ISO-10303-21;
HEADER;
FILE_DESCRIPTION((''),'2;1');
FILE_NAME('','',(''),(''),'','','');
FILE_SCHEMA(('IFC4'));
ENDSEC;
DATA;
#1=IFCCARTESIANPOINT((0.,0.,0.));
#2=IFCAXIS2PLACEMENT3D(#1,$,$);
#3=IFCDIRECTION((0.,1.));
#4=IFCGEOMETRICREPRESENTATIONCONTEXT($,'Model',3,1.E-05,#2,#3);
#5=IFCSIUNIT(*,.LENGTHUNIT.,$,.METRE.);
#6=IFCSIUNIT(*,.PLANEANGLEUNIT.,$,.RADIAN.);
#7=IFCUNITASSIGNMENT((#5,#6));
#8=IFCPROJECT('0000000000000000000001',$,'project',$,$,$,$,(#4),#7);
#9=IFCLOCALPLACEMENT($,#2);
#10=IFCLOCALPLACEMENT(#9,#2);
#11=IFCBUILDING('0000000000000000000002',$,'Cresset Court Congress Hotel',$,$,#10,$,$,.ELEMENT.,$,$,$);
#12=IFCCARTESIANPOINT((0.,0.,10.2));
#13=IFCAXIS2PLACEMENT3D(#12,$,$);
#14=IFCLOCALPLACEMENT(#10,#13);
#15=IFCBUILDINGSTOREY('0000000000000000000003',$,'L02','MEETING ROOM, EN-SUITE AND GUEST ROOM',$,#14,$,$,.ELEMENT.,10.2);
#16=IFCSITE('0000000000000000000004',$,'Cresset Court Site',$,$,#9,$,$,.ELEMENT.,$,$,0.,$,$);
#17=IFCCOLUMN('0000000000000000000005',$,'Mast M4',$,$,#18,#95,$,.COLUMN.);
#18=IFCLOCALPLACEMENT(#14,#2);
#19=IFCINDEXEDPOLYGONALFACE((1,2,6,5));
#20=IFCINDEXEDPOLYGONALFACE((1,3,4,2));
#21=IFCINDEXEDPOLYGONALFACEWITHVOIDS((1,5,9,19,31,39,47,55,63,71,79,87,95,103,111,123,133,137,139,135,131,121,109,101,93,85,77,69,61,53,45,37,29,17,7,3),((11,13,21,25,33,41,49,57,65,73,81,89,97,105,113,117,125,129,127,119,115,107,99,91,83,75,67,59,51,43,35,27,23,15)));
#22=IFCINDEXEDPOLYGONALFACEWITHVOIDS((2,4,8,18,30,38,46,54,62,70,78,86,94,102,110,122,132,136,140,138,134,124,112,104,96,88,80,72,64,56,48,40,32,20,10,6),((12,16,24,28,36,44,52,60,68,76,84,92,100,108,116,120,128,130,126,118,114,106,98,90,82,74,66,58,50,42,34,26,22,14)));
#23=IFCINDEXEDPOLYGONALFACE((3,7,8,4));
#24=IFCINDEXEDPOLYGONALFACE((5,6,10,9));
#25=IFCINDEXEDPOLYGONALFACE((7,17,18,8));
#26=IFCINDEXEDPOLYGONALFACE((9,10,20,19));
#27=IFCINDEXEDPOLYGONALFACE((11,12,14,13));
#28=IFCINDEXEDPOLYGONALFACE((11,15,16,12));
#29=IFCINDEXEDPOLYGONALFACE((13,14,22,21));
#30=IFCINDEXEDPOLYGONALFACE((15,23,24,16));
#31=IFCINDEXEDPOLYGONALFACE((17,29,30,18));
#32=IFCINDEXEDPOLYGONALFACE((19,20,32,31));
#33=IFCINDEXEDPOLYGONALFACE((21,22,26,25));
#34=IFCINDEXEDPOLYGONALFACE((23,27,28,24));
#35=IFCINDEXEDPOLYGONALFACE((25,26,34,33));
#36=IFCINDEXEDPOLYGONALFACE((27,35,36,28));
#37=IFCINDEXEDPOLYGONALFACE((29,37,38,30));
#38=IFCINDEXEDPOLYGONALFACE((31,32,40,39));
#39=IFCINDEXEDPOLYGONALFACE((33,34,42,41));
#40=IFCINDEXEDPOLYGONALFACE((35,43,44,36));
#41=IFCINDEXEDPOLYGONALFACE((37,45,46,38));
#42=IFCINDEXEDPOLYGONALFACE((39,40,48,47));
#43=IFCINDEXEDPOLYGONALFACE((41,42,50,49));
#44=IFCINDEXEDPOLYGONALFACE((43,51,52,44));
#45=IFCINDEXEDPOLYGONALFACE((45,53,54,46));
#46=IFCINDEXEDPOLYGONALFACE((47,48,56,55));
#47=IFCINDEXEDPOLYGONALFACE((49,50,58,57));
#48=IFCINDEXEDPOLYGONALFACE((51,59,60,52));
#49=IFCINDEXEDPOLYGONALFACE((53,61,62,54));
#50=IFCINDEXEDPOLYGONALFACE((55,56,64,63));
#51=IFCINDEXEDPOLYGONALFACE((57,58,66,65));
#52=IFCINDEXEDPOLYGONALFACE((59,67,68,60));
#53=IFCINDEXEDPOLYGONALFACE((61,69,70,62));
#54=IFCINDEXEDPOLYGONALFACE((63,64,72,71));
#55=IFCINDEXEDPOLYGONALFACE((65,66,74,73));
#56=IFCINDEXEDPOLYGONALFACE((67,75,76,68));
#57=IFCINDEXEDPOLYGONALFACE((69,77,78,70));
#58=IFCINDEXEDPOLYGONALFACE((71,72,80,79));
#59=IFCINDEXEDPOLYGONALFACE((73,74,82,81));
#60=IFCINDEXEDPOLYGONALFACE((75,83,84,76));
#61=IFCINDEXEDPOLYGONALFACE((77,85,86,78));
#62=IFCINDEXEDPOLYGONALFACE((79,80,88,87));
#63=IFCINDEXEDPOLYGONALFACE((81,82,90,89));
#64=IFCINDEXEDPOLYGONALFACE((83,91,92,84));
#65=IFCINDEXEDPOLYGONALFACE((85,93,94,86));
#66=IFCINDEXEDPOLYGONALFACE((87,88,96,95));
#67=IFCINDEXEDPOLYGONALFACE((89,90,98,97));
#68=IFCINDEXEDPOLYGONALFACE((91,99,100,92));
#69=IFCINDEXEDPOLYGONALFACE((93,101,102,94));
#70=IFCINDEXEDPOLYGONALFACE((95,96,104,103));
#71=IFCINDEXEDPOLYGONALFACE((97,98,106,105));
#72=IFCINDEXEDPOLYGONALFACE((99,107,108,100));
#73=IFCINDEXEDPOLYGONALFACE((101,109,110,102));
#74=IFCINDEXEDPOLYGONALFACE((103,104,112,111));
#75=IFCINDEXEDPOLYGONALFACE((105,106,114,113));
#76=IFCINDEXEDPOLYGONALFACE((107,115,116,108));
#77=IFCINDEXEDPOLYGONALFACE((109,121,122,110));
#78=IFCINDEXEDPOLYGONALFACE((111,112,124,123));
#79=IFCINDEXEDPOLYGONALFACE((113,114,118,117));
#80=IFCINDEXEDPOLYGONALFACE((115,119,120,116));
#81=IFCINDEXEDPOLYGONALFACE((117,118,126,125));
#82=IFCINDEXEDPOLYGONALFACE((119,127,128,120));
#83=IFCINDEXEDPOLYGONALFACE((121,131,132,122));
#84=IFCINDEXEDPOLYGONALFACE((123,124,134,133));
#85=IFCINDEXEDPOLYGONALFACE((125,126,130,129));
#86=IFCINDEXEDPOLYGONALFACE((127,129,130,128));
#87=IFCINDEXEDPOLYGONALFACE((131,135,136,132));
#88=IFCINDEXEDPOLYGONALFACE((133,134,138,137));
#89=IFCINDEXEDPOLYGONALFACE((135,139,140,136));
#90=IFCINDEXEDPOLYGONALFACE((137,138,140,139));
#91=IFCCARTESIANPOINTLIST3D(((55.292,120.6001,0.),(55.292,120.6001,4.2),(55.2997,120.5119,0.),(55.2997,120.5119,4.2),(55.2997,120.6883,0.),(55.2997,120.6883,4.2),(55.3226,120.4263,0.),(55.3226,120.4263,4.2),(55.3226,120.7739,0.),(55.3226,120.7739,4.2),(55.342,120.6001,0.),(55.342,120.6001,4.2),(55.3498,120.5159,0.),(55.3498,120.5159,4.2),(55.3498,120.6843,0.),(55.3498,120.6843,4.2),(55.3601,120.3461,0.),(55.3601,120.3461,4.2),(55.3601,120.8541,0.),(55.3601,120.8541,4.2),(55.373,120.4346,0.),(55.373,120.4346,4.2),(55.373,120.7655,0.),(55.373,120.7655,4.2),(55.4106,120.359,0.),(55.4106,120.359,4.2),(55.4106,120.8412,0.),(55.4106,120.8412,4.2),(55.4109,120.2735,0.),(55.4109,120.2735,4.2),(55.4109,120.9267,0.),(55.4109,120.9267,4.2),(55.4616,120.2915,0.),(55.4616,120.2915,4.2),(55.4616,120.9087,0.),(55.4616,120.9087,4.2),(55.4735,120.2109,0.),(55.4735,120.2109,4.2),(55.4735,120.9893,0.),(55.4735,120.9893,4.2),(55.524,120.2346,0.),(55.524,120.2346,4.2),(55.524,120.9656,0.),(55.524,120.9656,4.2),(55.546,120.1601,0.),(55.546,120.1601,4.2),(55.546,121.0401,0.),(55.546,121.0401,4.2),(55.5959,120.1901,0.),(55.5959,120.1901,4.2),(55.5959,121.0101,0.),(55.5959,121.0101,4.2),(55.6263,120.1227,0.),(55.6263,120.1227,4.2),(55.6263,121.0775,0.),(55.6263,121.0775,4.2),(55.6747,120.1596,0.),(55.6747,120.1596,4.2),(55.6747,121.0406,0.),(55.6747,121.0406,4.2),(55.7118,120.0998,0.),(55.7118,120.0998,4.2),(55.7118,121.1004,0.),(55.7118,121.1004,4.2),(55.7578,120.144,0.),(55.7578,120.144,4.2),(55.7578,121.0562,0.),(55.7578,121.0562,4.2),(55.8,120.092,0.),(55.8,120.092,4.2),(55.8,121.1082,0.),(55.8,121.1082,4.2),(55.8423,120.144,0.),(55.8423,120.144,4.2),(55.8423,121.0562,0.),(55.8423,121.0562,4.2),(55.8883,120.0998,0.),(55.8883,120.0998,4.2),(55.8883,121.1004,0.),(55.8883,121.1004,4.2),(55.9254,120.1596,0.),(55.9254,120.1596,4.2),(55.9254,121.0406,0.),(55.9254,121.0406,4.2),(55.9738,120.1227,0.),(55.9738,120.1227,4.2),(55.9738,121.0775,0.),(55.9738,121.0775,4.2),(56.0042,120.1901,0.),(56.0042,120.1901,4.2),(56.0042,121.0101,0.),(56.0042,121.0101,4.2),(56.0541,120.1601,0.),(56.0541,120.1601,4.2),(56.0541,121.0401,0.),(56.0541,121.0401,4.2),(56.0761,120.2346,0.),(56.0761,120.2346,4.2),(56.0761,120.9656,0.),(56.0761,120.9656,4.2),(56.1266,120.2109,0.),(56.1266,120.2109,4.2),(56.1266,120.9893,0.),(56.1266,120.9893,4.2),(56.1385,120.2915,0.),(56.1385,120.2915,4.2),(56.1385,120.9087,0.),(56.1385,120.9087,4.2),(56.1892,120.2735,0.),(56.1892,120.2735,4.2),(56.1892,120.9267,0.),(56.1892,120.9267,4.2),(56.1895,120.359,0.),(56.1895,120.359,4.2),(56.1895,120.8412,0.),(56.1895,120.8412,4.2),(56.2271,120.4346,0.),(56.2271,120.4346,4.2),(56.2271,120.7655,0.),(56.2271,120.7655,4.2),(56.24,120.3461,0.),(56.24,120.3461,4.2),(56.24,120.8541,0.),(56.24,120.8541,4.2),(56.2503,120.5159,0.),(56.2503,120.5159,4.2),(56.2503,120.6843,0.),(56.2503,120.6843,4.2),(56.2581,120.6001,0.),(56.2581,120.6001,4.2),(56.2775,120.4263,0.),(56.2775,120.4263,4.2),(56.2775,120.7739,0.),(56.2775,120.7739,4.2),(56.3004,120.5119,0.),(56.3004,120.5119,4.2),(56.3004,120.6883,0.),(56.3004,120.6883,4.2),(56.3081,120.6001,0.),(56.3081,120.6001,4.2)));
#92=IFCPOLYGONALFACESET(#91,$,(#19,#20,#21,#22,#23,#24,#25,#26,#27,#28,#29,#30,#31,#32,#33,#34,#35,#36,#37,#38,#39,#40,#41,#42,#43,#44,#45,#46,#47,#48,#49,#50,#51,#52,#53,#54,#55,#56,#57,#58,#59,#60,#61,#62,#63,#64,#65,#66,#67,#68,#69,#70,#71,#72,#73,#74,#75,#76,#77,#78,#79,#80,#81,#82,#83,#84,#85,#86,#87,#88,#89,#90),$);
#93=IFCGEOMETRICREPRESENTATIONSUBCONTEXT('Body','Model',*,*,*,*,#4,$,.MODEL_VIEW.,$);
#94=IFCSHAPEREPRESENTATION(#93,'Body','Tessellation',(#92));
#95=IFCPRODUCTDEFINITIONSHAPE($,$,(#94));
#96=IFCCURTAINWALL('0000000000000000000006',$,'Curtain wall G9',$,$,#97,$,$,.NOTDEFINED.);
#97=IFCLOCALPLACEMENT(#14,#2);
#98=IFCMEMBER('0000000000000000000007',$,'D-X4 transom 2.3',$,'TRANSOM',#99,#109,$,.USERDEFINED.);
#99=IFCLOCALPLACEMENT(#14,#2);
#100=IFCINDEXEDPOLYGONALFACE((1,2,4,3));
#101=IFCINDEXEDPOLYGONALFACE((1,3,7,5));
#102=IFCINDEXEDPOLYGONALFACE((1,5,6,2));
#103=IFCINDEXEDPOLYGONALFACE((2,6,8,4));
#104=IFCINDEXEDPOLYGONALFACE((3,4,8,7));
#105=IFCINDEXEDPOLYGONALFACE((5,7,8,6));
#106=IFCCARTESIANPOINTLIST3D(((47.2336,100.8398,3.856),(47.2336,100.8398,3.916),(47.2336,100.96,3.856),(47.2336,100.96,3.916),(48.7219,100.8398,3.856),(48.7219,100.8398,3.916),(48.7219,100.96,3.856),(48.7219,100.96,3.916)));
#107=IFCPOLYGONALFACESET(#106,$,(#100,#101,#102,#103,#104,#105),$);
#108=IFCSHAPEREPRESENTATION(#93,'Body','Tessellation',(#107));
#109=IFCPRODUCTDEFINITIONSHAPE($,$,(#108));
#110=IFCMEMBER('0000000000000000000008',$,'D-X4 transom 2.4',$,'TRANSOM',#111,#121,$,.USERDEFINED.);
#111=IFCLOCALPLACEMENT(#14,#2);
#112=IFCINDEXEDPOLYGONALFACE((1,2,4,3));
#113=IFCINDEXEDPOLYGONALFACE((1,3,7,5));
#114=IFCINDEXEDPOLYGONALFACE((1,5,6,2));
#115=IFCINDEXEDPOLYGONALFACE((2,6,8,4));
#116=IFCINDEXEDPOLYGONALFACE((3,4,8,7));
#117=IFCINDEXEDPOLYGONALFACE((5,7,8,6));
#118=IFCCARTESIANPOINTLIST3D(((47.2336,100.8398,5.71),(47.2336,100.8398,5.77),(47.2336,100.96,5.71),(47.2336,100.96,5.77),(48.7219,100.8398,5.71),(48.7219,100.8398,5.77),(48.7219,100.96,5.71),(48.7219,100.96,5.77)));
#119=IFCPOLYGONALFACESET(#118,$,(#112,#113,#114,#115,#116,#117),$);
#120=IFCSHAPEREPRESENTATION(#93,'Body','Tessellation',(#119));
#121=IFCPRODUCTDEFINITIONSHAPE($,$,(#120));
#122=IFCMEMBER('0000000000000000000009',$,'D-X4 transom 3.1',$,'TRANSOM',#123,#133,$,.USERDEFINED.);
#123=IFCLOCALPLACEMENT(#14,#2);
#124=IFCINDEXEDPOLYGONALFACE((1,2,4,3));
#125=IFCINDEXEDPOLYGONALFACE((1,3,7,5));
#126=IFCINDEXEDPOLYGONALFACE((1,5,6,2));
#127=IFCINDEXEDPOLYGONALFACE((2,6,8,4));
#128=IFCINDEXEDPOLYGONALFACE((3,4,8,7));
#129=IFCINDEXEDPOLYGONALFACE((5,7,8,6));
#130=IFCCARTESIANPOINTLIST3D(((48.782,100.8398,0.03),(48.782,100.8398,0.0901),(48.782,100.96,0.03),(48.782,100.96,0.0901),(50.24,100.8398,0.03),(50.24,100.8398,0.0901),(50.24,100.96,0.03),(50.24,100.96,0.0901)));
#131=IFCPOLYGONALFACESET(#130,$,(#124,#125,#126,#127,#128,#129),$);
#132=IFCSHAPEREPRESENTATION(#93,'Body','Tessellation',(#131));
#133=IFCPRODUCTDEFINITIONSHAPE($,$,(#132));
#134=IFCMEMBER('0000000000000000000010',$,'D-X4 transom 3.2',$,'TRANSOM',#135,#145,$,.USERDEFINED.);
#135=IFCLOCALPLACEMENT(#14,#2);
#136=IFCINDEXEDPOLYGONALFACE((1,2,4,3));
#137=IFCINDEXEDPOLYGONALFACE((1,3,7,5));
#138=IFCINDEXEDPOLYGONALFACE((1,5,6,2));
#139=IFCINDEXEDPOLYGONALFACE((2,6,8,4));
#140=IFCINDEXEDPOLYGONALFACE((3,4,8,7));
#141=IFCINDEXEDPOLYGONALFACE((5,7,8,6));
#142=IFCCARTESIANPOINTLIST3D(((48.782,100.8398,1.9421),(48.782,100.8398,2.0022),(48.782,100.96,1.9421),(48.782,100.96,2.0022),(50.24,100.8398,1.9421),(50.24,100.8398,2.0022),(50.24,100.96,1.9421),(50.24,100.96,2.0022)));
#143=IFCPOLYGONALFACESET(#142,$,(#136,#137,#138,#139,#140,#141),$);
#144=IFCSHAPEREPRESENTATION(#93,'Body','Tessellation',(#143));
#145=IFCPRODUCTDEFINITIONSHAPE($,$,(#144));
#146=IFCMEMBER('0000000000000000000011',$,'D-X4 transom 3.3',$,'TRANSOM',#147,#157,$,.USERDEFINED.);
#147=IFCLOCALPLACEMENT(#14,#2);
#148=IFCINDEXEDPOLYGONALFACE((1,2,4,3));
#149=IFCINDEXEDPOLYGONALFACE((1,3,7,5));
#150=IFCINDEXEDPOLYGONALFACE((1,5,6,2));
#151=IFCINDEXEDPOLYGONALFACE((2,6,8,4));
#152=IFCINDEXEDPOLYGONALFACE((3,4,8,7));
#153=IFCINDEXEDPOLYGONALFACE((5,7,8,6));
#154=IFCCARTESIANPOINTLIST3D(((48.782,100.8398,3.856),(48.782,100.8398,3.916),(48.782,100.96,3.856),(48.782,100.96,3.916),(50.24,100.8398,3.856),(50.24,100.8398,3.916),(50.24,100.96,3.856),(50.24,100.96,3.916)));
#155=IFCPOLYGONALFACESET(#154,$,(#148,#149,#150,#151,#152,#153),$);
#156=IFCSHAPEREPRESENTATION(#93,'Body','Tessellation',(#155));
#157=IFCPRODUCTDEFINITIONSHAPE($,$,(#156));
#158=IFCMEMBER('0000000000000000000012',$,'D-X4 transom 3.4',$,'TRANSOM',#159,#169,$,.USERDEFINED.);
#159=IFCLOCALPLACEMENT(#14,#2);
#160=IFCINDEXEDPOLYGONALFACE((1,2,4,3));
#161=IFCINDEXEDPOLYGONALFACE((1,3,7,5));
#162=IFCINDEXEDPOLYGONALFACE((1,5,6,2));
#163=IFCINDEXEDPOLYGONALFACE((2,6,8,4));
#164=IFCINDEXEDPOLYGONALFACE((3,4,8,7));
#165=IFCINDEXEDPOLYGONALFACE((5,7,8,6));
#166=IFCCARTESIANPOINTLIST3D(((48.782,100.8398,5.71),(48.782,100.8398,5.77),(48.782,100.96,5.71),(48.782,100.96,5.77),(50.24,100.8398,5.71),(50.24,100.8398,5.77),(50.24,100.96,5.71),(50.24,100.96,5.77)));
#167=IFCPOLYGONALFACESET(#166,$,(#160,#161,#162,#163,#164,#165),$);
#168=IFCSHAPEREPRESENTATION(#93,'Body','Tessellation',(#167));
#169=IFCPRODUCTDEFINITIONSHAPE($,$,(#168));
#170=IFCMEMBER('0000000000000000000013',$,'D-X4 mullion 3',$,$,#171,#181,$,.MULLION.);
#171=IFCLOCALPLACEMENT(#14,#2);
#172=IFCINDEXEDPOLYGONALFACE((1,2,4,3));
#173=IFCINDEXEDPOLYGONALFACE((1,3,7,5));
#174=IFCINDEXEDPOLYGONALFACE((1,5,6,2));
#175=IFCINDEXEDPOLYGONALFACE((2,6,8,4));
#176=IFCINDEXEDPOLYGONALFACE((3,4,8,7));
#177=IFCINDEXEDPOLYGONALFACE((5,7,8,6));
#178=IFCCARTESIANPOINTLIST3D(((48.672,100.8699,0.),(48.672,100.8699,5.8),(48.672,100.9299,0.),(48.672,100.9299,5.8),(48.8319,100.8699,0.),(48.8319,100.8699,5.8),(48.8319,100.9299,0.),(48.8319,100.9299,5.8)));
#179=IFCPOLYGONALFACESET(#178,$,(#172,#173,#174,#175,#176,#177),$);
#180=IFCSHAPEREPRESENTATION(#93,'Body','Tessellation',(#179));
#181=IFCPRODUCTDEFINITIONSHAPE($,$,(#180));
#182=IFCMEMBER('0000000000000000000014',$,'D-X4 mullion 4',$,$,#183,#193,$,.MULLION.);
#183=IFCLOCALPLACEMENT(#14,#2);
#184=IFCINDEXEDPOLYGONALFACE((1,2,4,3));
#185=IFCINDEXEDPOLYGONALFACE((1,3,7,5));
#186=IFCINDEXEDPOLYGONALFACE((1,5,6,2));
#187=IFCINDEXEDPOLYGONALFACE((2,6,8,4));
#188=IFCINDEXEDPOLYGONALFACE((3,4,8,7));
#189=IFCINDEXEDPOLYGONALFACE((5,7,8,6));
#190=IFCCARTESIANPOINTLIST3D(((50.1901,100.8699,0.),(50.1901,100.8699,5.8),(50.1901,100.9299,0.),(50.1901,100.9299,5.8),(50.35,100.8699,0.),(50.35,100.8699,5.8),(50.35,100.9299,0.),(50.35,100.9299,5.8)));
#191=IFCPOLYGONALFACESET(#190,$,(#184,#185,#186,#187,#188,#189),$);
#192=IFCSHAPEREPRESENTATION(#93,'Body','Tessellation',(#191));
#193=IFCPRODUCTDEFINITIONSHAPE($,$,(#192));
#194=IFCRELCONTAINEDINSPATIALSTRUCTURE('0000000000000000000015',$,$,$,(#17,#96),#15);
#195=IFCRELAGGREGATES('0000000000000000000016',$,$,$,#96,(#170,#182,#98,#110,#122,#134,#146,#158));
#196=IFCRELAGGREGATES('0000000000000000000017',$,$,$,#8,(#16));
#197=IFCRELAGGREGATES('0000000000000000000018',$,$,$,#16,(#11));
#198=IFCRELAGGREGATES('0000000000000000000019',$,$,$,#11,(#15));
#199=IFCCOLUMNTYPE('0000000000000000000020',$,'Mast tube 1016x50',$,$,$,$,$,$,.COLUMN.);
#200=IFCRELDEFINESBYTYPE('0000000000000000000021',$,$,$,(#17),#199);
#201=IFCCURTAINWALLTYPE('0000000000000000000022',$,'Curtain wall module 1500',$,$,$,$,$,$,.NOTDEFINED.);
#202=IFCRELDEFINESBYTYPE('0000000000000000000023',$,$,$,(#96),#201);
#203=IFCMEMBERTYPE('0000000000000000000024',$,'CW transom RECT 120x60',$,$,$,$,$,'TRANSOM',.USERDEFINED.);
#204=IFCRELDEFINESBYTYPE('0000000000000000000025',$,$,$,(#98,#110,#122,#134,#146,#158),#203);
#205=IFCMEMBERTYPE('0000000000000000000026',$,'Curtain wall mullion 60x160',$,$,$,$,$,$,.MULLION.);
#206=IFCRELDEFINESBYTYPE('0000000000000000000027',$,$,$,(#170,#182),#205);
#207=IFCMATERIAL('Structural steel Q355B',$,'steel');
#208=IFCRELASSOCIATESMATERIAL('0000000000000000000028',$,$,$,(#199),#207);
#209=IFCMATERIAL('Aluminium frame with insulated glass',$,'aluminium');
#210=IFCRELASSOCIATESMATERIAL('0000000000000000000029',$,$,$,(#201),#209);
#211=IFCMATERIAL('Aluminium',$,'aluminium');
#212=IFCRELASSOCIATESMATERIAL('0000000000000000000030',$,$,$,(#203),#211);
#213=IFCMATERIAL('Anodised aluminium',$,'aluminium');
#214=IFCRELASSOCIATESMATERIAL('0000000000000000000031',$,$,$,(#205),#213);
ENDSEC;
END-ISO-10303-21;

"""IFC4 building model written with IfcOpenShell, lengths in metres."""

from ifc_helpers import new_model, si_unit, direction, frame, origin, origin_2d, place, context, subcontext, project, spatial, rectangle, hollow_circle, extrude, material, material_profile, profile_set, type_object, element, aggregate, save


model = new_model("IFC4")

# Units and contexts
model_context = context("Model", 3, precision=1e-05, world=origin(), true_north=direction((0.0, 1.0)))
body_context = subcontext(model_context, "Body", "Model", "MODEL_VIEW")
ifc_project = project(units=[si_unit("LENGTHUNIT", "METRE"), si_unit("PLANEANGLEUNIT", "RADIAN")], contexts=[model_context])

# Site, building, storey
site_placement = place(None, origin())
site = spatial("IfcSite", under=ifc_project, at=site_placement, Name="Cresset Court Site", CompositionType="ELEMENT", RefElevation=0.0)
building_placement = place(site_placement, origin())
building = spatial("IfcBuilding", under=site, at=building_placement, Name="Cresset Court Congress Hotel", CompositionType="ELEMENT")
storey_placement = place(building_placement, frame((0.0, 0.0, 10.2)))
storey = spatial("IfcBuildingStorey", under=building, at=storey_placement, Name="L02", Description="MEETING ROOM, EN-SUITE AND GUEST ROOM", CompositionType="ELEMENT", Elevation=10.2)

# Column
ifc_material_1 = material(Name="Structural steel Q355B", Category="steel")
ifc_material_profile_1 = material_profile(ifc_material_1, hollow_circle(Radius=0.5081, WallThickness=0.05, at=origin_2d()), Name="CHS1016x50")
ifc_profile_set_1 = profile_set([ifc_material_profile_1], Name="Structural steel Q355B")
column_type = type_object("IfcColumnType", Name="Mast tube 1016x50", PredefinedType="COLUMN", material=ifc_profile_set_1)
column_placement = place(storey_placement, frame((55.8, 120.6001, 0.0), z_axis=(0.0, 0.0, 1.0), x_axis=(1.0, 0.0, 0.0)))
element("IfcColumn", 1, at=column_placement, inside=storey, type_object=column_type, Name="Mast M4", PredefinedType="COLUMN", context=body_context, shape_type="SweptSolid", body=[
    extrude(hollow_circle(Radius=0.5081, WallThickness=0.05, at=origin_2d()), origin(), (0.0, 0.0, 1.0), 4.2),
])

# Curtain wall, members
ifc_material_2 = material(Name="Aluminium frame with insulated glass", Category="aluminium")
curtain_wall_type = type_object("IfcCurtainWallType", Name="Curtain wall module 1500", PredefinedType="NOTDEFINED", material=ifc_material_2)
curtain_wall_placement = place(storey_placement, origin())
curtain_wall = element("IfcCurtainWall", 2, at=curtain_wall_placement, inside=storey, type_object=curtain_wall_type, Name="Curtain wall G9", PredefinedType="NOTDEFINED")
ifc_material_3 = material(Name="Aluminium", Category="aluminium")
ifc_material_profile_2 = material_profile(ifc_material_3, rectangle(XDim=0.1201, YDim=0.0601, at=origin_2d()), Name="AL 120x60")
ifc_profile_set_2 = profile_set([ifc_material_profile_2], Name="Aluminium")
member_type_1 = type_object("IfcMemberType", Name="CW transom RECT 120x60", ElementType="TRANSOM", PredefinedType="USERDEFINED", material=ifc_profile_set_2)
member_1_placement = place(storey_placement, frame((47.2336, 100.8999, 3.886), z_axis=(1.0, 0.0, 0.0), x_axis=(0.0, 1.0, 0.0)))
member_1 = element("IfcMember", 3, at=member_1_placement, type_object=member_type_1, Name="D-X4 transom 2.3", ObjectType="TRANSOM", PredefinedType="USERDEFINED", context=body_context, shape_type="SweptSolid", body=[
    extrude(rectangle(XDim=0.1201, YDim=0.0601, at=origin_2d()), origin(), (0.0, 0.0, 1.0), 1.4883),
])
member_2_placement = place(storey_placement, frame((47.2336, 100.8999, 5.74), z_axis=(1.0, 0.0, 0.0), x_axis=(0.0, 1.0, 0.0)))
member_2 = element("IfcMember", 4, at=member_2_placement, type_object=member_type_1, Name="D-X4 transom 2.4", ObjectType="TRANSOM", PredefinedType="USERDEFINED", context=body_context, shape_type="SweptSolid", body=[
    extrude(rectangle(XDim=0.1201, YDim=0.0601, at=origin_2d()), origin(), (0.0, 0.0, 1.0), 1.4883),
])
member_3_placement = place(storey_placement, frame((48.782, 100.8999, 0.0601), z_axis=(1.0, 0.0, 0.0), x_axis=(0.0, 1.0, 0.0)))
member_3 = element("IfcMember", 5, at=member_3_placement, type_object=member_type_1, Name="D-X4 transom 3.1", ObjectType="TRANSOM", PredefinedType="USERDEFINED", context=body_context, shape_type="SweptSolid", body=[
    extrude(rectangle(XDim=0.1201, YDim=0.0601, at=origin_2d()), origin(), (0.0, 0.0, 1.0), 1.458),
])
member_4_placement = place(storey_placement, frame((48.782, 100.8999, 1.9722), z_axis=(1.0, 0.0, 0.0), x_axis=(0.0, 1.0, 0.0)))
member_4 = element("IfcMember", 6, at=member_4_placement, type_object=member_type_1, Name="D-X4 transom 3.2", ObjectType="TRANSOM", PredefinedType="USERDEFINED", context=body_context, shape_type="SweptSolid", body=[
    extrude(rectangle(XDim=0.1201, YDim=0.0601, at=origin_2d()), origin(), (0.0, 0.0, 1.0), 1.458),
])
member_5_placement = place(storey_placement, frame((48.782, 100.8999, 3.886), z_axis=(1.0, 0.0, 0.0), x_axis=(0.0, 1.0, 0.0)))
member_5 = element("IfcMember", 7, at=member_5_placement, type_object=member_type_1, Name="D-X4 transom 3.3", ObjectType="TRANSOM", PredefinedType="USERDEFINED", context=body_context, shape_type="SweptSolid", body=[
    extrude(rectangle(XDim=0.1201, YDim=0.0601, at=origin_2d()), origin(), (0.0, 0.0, 1.0), 1.458),
])
member_6_placement = place(storey_placement, frame((48.782, 100.8999, 5.74), z_axis=(1.0, 0.0, 0.0), x_axis=(0.0, 1.0, 0.0)))
member_6 = element("IfcMember", 8, at=member_6_placement, type_object=member_type_1, Name="D-X4 transom 3.4", ObjectType="TRANSOM", PredefinedType="USERDEFINED", context=body_context, shape_type="SweptSolid", body=[
    extrude(rectangle(XDim=0.1201, YDim=0.0601, at=origin_2d()), origin(), (0.0, 0.0, 1.0), 1.458),
])
ifc_material_4 = material(Name="Anodised aluminium", Category="aluminium")
ifc_material_profile_3 = material_profile(ifc_material_4, rectangle(XDim=0.0601, YDim=0.1599, at=origin_2d()), Name="AL60x160")
ifc_profile_set_3 = profile_set([ifc_material_profile_3], Name="Anodised aluminium")
member_type_2 = type_object("IfcMemberType", Name="Curtain wall mullion 60x160", PredefinedType="MULLION", material=ifc_profile_set_3)
member_7_placement = place(storey_placement, frame((48.752, 100.8999, 0.0), z_axis=(0.0, 0.0, 1.0), x_axis=(0.0, 1.0, 0.0)))
member_7 = element("IfcMember", 9, at=member_7_placement, type_object=member_type_2, Name="D-X4 mullion 3", PredefinedType="MULLION", context=body_context, shape_type="SweptSolid", body=[
    extrude(rectangle(XDim=0.0601, YDim=0.1599, at=origin_2d()), origin(), (0.0, 0.0, 1.0), 5.8),
])
member_8_placement = place(storey_placement, frame((50.27, 100.8999, 0.0), z_axis=(0.0, 0.0, 1.0), x_axis=(0.0, 1.0, 0.0)))
member_8 = element("IfcMember", 10, at=member_8_placement, type_object=member_type_2, Name="D-X4 mullion 4", PredefinedType="MULLION", context=body_context, shape_type="SweptSolid", body=[
    extrude(rectangle(XDim=0.0601, YDim=0.1599, at=origin_2d()), origin(), (0.0, 0.0, 1.0), 5.8),
])

aggregate(curtain_wall, [member_7, member_8, member_1, member_2, member_3, member_4, member_5, member_6])

save(model, "model.ifc")
